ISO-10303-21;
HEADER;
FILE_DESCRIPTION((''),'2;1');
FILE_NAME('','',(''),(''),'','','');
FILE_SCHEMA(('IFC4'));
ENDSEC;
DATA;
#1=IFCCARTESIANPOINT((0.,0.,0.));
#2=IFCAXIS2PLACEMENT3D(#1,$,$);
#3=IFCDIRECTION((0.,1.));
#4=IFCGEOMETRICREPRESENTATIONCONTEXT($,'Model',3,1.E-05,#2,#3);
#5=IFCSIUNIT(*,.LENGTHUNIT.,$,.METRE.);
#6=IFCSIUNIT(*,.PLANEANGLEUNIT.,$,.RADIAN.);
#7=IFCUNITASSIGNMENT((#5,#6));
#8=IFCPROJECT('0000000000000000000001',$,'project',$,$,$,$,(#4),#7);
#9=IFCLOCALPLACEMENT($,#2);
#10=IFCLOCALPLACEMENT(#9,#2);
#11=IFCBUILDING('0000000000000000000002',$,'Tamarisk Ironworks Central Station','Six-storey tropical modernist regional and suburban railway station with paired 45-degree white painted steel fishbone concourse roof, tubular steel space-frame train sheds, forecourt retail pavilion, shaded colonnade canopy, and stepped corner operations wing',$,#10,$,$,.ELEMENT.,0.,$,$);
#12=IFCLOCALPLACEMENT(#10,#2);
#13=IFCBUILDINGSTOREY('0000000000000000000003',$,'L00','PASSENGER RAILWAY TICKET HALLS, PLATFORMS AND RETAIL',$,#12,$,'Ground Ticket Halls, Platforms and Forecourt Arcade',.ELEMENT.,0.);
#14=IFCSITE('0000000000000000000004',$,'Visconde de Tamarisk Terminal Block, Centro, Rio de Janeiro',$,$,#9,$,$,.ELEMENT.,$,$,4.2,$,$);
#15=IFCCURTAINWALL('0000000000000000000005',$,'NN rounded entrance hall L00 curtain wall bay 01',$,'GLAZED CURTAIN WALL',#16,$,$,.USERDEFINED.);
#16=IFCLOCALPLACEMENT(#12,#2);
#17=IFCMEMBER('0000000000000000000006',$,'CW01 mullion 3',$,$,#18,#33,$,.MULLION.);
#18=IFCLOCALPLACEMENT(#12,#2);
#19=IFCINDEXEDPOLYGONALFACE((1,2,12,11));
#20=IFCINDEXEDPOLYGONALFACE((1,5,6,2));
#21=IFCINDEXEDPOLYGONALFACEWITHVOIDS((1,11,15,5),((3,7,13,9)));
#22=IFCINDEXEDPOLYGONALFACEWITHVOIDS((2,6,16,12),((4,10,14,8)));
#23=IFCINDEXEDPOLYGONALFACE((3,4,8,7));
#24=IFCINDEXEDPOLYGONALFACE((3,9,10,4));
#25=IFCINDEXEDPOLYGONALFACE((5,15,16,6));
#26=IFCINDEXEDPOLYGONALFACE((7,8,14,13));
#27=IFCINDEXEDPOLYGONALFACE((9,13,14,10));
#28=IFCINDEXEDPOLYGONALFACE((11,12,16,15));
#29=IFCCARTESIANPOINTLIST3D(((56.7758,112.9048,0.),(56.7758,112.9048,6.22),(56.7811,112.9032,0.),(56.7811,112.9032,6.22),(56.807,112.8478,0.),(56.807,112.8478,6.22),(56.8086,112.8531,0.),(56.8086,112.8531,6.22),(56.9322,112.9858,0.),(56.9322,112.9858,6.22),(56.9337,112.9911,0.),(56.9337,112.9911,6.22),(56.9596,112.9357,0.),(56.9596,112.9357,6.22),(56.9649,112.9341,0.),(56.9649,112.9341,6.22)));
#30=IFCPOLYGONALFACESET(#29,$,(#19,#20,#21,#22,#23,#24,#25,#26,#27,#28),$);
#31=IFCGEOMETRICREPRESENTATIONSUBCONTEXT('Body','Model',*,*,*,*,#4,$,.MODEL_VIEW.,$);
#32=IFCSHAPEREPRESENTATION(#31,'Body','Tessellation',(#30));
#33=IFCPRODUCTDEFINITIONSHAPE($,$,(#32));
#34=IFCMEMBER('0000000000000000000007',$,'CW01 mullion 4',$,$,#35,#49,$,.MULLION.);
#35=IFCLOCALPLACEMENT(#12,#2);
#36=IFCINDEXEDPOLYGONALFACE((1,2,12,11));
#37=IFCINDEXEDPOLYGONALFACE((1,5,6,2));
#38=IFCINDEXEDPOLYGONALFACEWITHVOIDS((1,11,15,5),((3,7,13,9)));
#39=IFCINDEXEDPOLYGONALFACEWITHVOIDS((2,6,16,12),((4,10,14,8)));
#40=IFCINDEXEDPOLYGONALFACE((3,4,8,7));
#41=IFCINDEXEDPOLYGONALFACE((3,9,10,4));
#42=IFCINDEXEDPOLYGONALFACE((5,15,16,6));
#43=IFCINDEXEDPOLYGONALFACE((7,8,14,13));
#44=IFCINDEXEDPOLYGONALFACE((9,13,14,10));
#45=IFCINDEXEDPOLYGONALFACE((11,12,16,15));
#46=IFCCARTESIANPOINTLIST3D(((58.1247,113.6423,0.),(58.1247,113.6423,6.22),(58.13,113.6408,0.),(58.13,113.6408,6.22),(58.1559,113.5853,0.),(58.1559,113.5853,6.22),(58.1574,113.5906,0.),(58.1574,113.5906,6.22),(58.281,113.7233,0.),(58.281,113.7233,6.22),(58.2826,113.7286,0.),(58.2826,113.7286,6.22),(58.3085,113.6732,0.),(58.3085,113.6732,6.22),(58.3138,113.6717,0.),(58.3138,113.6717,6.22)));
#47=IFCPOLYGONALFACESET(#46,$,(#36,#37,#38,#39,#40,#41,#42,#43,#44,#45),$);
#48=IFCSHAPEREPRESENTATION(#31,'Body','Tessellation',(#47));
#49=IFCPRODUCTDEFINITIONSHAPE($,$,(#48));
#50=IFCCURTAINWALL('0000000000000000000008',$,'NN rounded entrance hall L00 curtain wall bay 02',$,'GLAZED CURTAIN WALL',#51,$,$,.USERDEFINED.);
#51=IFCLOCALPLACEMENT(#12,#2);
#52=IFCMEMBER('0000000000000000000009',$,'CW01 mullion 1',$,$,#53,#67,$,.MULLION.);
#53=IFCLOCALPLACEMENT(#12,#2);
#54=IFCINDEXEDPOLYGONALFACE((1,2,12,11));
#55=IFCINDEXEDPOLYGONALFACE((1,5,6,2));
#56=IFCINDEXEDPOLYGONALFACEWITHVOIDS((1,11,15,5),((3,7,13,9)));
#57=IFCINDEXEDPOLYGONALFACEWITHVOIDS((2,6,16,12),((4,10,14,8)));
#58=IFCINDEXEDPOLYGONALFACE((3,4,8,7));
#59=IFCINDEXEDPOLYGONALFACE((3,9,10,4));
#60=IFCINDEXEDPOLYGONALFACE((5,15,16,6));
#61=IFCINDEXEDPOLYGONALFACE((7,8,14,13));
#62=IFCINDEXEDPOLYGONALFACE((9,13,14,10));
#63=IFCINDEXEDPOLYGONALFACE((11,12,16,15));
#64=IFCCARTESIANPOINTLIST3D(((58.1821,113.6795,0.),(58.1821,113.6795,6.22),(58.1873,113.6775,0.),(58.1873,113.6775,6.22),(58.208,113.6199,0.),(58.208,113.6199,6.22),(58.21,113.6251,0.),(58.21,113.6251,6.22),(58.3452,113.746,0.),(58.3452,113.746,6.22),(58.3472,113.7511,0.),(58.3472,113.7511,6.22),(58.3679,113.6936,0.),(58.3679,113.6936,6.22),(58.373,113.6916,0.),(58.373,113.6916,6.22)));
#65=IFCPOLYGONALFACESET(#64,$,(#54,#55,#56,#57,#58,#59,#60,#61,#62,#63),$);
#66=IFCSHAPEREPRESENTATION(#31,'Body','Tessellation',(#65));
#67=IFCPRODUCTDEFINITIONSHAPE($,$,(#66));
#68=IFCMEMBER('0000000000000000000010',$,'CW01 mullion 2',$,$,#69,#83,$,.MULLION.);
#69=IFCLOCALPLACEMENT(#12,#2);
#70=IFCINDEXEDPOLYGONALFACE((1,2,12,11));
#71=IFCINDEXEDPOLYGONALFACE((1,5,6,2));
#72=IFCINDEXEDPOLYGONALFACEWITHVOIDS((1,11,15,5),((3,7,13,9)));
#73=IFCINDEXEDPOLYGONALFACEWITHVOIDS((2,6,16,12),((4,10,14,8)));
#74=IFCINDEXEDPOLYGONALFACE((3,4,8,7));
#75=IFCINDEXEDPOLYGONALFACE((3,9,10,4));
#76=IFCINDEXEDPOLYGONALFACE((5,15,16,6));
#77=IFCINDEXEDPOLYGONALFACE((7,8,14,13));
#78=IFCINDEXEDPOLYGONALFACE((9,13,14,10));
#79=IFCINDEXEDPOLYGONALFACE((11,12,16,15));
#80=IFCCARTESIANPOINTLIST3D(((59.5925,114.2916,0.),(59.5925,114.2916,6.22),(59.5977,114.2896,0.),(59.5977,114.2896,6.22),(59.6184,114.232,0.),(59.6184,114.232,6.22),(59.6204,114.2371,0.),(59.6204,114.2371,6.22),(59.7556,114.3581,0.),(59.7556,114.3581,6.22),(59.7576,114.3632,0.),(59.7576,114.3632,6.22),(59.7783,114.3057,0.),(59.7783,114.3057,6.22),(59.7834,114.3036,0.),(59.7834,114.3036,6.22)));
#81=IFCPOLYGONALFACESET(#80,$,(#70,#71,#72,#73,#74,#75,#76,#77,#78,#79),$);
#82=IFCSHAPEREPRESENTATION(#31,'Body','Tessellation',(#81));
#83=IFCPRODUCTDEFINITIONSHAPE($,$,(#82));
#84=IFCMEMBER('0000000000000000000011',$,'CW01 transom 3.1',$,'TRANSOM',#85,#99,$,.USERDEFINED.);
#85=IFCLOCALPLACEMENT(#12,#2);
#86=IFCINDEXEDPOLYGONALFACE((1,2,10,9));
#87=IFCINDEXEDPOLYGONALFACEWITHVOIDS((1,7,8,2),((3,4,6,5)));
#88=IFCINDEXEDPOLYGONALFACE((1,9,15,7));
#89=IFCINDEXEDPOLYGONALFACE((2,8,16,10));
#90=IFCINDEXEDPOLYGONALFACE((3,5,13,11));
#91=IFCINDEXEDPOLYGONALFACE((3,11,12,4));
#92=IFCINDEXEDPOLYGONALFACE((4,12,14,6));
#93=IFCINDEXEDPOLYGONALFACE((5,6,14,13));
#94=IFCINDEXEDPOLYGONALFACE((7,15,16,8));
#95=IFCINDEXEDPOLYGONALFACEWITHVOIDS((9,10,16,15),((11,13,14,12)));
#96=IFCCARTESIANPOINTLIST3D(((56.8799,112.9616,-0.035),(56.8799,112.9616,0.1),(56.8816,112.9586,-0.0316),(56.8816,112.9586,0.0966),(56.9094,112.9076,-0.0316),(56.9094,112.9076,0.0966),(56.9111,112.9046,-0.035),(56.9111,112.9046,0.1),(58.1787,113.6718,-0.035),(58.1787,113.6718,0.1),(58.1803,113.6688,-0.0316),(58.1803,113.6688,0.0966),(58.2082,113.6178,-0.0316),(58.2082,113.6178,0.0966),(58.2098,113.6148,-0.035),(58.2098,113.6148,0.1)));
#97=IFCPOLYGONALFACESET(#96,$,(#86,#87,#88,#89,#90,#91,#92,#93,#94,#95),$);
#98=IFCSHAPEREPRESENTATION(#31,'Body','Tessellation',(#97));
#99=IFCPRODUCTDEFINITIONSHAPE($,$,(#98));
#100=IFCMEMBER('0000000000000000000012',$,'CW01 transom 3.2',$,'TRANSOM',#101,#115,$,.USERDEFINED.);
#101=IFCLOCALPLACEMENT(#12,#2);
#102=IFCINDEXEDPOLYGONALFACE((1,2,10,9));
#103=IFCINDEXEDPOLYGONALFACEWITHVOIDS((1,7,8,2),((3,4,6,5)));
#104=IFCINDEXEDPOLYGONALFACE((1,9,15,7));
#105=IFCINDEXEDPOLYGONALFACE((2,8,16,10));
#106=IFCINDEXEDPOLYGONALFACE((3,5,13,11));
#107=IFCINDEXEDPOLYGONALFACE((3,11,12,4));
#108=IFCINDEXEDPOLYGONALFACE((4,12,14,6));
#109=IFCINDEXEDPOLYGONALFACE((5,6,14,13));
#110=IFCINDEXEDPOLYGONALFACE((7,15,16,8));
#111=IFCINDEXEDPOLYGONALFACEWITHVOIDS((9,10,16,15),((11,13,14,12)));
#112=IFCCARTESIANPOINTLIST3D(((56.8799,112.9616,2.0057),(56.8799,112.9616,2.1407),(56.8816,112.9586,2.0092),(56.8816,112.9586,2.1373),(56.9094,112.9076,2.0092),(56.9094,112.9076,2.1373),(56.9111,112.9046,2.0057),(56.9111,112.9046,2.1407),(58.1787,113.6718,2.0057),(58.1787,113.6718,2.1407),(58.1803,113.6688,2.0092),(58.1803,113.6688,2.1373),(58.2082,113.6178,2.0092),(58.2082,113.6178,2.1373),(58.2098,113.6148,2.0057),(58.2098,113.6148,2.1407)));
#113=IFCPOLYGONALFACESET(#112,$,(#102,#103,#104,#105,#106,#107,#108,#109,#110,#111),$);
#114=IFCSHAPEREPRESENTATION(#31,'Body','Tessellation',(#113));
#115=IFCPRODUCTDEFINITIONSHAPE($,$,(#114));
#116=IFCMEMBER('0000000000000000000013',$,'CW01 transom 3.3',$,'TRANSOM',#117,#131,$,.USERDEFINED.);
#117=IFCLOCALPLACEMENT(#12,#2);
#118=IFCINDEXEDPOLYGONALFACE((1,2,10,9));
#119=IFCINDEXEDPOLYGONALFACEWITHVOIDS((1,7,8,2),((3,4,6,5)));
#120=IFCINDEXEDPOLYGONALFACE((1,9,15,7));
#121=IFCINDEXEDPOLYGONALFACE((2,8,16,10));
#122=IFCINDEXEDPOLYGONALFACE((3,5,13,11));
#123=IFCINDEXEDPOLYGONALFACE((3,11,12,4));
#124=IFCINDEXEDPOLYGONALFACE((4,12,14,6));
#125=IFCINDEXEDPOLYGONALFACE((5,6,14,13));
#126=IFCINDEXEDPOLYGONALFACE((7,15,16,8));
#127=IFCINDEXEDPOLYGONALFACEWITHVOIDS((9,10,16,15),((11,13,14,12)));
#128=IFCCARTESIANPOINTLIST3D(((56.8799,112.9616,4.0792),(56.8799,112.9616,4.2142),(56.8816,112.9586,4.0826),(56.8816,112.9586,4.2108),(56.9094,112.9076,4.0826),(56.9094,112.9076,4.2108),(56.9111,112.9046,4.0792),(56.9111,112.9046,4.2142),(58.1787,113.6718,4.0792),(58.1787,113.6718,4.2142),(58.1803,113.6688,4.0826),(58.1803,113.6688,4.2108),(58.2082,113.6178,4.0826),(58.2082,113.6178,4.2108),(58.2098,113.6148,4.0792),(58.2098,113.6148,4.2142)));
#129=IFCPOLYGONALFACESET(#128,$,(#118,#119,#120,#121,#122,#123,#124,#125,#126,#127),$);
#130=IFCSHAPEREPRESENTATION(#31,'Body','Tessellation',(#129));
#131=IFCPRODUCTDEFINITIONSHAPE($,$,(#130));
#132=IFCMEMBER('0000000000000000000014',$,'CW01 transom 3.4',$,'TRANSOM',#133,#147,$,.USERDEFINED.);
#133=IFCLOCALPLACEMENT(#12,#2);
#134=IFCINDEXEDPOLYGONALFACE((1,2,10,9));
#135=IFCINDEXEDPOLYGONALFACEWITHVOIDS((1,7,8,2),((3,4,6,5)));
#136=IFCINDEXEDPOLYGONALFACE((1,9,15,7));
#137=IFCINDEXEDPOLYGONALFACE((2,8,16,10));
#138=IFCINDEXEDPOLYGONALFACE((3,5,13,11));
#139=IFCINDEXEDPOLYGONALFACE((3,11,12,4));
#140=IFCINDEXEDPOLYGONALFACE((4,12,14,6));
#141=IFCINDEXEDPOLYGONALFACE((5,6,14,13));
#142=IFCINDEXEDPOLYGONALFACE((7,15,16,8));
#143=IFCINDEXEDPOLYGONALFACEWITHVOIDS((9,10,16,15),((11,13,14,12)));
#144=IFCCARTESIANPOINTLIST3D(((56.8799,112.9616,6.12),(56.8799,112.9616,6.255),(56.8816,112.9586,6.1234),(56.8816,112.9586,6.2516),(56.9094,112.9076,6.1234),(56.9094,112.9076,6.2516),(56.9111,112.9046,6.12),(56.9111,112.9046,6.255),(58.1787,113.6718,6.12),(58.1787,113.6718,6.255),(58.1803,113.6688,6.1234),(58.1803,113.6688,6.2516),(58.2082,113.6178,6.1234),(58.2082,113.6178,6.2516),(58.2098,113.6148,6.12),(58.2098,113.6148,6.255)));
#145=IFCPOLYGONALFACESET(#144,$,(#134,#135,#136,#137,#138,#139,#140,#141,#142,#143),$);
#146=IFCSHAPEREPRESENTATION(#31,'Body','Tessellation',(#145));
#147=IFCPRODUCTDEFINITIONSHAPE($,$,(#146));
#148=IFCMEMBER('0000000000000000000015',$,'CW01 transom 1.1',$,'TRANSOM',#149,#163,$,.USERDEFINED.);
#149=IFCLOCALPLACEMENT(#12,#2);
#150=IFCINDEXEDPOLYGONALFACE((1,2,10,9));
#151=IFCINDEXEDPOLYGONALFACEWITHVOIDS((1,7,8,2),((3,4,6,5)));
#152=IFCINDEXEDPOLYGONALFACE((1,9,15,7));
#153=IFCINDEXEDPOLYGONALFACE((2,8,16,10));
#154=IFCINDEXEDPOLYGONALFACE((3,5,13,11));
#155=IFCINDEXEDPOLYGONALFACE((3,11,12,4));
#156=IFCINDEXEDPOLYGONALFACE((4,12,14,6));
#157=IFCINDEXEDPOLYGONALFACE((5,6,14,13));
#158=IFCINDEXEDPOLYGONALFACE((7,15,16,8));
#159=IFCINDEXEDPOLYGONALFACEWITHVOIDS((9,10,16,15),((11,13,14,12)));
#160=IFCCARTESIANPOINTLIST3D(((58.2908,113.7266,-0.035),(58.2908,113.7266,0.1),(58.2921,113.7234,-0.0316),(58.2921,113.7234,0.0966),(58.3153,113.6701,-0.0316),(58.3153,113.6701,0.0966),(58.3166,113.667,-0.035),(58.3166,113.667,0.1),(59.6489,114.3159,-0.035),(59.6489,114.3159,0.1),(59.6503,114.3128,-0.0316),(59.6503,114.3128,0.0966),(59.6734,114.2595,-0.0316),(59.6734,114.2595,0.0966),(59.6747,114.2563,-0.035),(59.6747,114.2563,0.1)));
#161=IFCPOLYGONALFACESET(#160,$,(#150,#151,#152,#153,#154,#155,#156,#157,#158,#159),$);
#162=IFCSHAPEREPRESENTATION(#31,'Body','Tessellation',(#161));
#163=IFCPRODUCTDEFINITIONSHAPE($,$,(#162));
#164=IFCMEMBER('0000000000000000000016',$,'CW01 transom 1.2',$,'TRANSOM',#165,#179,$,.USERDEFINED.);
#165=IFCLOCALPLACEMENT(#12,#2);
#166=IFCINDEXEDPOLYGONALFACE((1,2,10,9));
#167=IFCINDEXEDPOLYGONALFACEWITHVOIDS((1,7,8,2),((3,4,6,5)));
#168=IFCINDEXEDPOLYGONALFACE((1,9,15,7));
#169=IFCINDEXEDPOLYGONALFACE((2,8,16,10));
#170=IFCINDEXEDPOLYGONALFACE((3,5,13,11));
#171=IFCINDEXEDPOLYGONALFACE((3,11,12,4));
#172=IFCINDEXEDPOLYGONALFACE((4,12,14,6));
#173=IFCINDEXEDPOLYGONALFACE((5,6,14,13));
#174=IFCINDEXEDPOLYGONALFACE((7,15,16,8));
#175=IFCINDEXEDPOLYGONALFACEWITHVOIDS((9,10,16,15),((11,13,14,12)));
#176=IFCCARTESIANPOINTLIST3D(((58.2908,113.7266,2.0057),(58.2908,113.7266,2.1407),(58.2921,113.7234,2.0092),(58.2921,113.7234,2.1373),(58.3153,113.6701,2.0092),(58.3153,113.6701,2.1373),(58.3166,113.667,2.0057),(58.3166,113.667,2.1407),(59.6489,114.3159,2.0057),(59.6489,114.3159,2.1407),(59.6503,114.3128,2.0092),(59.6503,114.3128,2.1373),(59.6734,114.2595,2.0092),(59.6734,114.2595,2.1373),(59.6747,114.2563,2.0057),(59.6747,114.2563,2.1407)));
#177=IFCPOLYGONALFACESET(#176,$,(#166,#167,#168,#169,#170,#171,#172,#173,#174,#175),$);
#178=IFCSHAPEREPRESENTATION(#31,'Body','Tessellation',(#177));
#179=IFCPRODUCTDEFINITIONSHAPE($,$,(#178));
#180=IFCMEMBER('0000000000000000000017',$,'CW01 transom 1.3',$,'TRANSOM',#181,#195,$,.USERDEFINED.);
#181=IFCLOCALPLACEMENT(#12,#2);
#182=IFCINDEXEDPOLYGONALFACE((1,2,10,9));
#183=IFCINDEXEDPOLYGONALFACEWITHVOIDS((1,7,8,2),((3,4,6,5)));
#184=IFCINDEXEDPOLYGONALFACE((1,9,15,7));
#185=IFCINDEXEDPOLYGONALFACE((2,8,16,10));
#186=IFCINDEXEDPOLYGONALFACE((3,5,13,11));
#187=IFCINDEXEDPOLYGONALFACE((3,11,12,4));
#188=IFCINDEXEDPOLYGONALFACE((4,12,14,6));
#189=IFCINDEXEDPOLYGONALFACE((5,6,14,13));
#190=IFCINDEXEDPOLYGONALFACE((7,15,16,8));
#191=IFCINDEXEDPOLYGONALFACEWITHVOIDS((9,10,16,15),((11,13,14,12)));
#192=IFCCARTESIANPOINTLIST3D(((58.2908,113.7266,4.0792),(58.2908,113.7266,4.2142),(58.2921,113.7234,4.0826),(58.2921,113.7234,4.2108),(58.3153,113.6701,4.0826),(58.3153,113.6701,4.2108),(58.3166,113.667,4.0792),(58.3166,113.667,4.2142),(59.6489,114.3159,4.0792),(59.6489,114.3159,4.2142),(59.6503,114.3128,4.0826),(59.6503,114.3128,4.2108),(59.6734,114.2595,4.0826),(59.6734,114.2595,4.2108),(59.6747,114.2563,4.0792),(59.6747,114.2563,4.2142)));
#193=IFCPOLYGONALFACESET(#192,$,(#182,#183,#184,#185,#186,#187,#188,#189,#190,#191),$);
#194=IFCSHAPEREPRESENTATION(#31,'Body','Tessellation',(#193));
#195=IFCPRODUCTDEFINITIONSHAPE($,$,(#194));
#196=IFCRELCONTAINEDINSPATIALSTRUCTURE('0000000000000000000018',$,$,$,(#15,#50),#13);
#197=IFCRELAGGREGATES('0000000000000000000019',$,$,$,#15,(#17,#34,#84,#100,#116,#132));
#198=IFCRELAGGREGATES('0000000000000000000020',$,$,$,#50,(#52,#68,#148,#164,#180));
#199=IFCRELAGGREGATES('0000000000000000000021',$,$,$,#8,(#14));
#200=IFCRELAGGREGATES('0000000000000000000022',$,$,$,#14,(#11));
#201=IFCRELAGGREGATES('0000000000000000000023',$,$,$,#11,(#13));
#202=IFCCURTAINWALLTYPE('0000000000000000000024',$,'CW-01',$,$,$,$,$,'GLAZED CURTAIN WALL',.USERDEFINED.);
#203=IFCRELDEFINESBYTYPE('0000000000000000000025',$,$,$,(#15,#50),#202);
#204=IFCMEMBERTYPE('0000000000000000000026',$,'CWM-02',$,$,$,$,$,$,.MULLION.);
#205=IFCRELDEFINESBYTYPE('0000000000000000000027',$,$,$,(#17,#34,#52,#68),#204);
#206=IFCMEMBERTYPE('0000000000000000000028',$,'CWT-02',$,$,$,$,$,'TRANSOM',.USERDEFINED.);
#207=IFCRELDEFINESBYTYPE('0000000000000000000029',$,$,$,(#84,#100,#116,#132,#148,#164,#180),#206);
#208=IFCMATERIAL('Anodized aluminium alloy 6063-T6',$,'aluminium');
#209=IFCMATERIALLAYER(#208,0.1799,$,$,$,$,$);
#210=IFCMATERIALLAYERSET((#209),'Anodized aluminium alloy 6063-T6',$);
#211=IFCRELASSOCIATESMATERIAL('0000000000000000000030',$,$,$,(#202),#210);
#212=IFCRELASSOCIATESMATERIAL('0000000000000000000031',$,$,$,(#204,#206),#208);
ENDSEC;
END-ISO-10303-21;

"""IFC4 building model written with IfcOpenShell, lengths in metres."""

from ifc_helpers import new_model, si_unit, direction, frame, origin, origin_2d, place, context, subcontext, project, spatial, hollow_rectangle, extrude, material, layer, layer_set, material_profile, profile_set, type_object, element, aggregate, save


model = new_model("IFC4")

# Units and contexts
model_context = context("Model", 3, precision=1e-05, world=origin(), true_north=direction((0.0, 1.0)))
body_context = subcontext(model_context, "Body", "Model", "MODEL_VIEW")
ifc_project = project(units=[si_unit("LENGTHUNIT", "METRE"), si_unit("PLANEANGLEUNIT", "RADIAN")], contexts=[model_context])

# Site, building, storey
site_placement = place(None, origin())
site = spatial("IfcSite", under=ifc_project, at=site_placement, Name="Visconde de Tamarisk Terminal Block, Centro, Rio de Janeiro", CompositionType="ELEMENT", RefElevation=4.2)
building_placement = place(site_placement, origin())
building = spatial("IfcBuilding", under=site, at=building_placement, Name="Tamarisk Ironworks Central Station", Description="Six-storey tropical modernist regional and suburban railway station with paired 45-degree white painted steel fishbone concourse roof, tubular steel space-frame train sheds, forecourt retail pavilion, shaded colonnade canopy, and stepped corner operations wing", CompositionType="ELEMENT", ElevationOfRefHeight=0.0)
storey_placement = place(building_placement, origin())
storey = spatial("IfcBuildingStorey", under=building, at=storey_placement, Name="L00", Description="PASSENGER RAILWAY TICKET HALLS, PLATFORMS AND RETAIL", LongName="Ground Ticket Halls, Platforms and Forecourt Arcade", CompositionType="ELEMENT", Elevation=0.0)

# Curtain walls, members
ifc_material_1 = material(Name="Anodized aluminium alloy 6063-T6", Category="aluminium")
ifc_layer_1 = layer(ifc_material_1, 0.1799)
ifc_layer_set_1 = layer_set([ifc_layer_1], Name="Anodized aluminium alloy 6063-T6")
curtain_wall_type = type_object("IfcCurtainWallType", Name="CW-01", ElementType="GLAZED CURTAIN WALL", PredefinedType="USERDEFINED", material=ifc_layer_set_1)
curtain_wall_1_placement = place(storey_placement, origin())
curtain_wall_1 = element("IfcCurtainWall", 1, at=curtain_wall_1_placement, inside=storey, type_object=curtain_wall_type, Name="NN rounded entrance hall L00 curtain wall bay 01", ObjectType="GLAZED CURTAIN WALL", PredefinedType="USERDEFINED")
ifc_material_profile_1 = material_profile(ifc_material_1, hollow_rectangle(XDim=0.0649, YDim=0.1799, WallThickness=0.0039, at=origin_2d()), Name="ALUM 180x65")
ifc_profile_set_1 = profile_set([ifc_material_profile_1], Name="Anodized aluminium alloy 6063-T6")
member_type_1 = type_object("IfcMemberType", Name="CWM-02", PredefinedType="MULLION", material=ifc_profile_set_1)
member_1_placement = place(storey_placement, frame((56.8704, 112.9194, 0.0), z_axis=(0.0, 0.0, 1.0), x_axis=(-0.479805, 0.877375, 0.0)))
member_1 = element("IfcMember", 2, at=member_1_placement, type_object=member_type_1, Name="CW01 mullion 3", PredefinedType="MULLION", context=body_context, shape_type="SweptSolid", body=[
    extrude(hollow_rectangle(XDim=0.0649, YDim=0.1799, WallThickness=0.0039, at=origin_2d()), origin(), (0.0, 0.0, 1.0), 6.22),
])
member_2_placement = place(storey_placement, frame((58.2192, 113.657, 0.0), z_axis=(0.0, 0.0, 1.0), x_axis=(-0.479805, 0.877375, 0.0)))
member_2 = element("IfcMember", 3, at=member_2_placement, type_object=member_type_1, Name="CW01 mullion 4", PredefinedType="MULLION", context=body_context, shape_type="SweptSolid", body=[
    extrude(hollow_rectangle(XDim=0.0649, YDim=0.1799, WallThickness=0.0039, at=origin_2d()), origin(), (0.0, 0.0, 1.0), 6.22),
])
curtain_wall_2_placement = place(storey_placement, origin())
curtain_wall_2 = element("IfcCurtainWall", 4, at=curtain_wall_2_placement, inside=storey, type_object=curtain_wall_type, Name="NN rounded entrance hall L00 curtain wall bay 02", ObjectType="GLAZED CURTAIN WALL", PredefinedType="USERDEFINED")
member_3_placement = place(storey_placement, frame((58.2776, 113.6855, 0.0), z_axis=(0.0, 0.0, 1.0), x_axis=(-0.398077, 0.917352, 0.0)))
member_3 = element("IfcMember", 5, at=member_3_placement, type_object=member_type_1, Name="CW01 mullion 1", PredefinedType="MULLION", context=body_context, shape_type="SweptSolid", body=[
    extrude(hollow_rectangle(XDim=0.0649, YDim=0.1799, WallThickness=0.0039, at=origin_2d()), origin(), (0.0, 0.0, 1.0), 6.22),
])
member_4_placement = place(storey_placement, frame((59.688, 114.2976, 0.0), z_axis=(0.0, 0.0, 1.0), x_axis=(-0.398077, 0.917352, 0.0)))
member_4 = element("IfcMember", 6, at=member_4_placement, type_object=member_type_1, Name="CW01 mullion 2", PredefinedType="MULLION", context=body_context, shape_type="SweptSolid", body=[
    extrude(hollow_rectangle(XDim=0.0649, YDim=0.1799, WallThickness=0.0039, at=origin_2d()), origin(), (0.0, 0.0, 1.0), 6.22),
])

# Members
ifc_material_profile_2 = material_profile(ifc_material_1, hollow_rectangle(XDim=0.0649, YDim=0.135, WallThickness=0.0034, at=origin_2d()), Name="ALUM 135x65")
ifc_profile_set_2 = profile_set([ifc_material_profile_2], Name="Anodized aluminium alloy 6063-T6")
member_type_2 = type_object("IfcMemberType", Name="CWT-02", ElementType="TRANSOM", PredefinedType="USERDEFINED", material=ifc_profile_set_2)
member_5_placement = place(storey_placement, frame((56.8955, 112.9331, 0.0325), z_axis=(0.877397, 0.479765, 0.0), x_axis=(-0.479765, 0.877397, 0.0)))
member_5 = element("IfcMember", 7, at=member_5_placement, type_object=member_type_2, Name="CW01 transom 3.1", ObjectType="TRANSOM", PredefinedType="USERDEFINED", context=body_context, shape_type="SweptSolid", body=[
    extrude(hollow_rectangle(XDim=0.0649, YDim=0.135, WallThickness=0.0034, at=origin_2d()), origin(), (0.0, 0.0, 1.0), 1.4802),
])
member_6_placement = place(storey_placement, frame((56.8955, 112.9331, 2.0732), z_axis=(0.877397, 0.479765, 0.0), x_axis=(-0.479765, 0.877397, 0.0)))
member_6 = element("IfcMember", 8, at=member_6_placement, type_object=member_type_2, Name="CW01 transom 3.2", ObjectType="TRANSOM", PredefinedType="USERDEFINED", context=body_context, shape_type="SweptSolid", body=[
    extrude(hollow_rectangle(XDim=0.0649, YDim=0.135, WallThickness=0.0034, at=origin_2d()), origin(), (0.0, 0.0, 1.0), 1.4802),
])
member_7_placement = place(storey_placement, frame((56.8955, 112.9331, 4.1467), z_axis=(0.877397, 0.479765, 0.0), x_axis=(-0.479765, 0.877397, 0.0)))
member_7 = element("IfcMember", 9, at=member_7_placement, type_object=member_type_2, Name="CW01 transom 3.3", ObjectType="TRANSOM", PredefinedType="USERDEFINED", context=body_context, shape_type="SweptSolid", body=[
    extrude(hollow_rectangle(XDim=0.0649, YDim=0.135, WallThickness=0.0034, at=origin_2d()), origin(), (0.0, 0.0, 1.0), 1.4802),
])
member_8_placement = place(storey_placement, frame((56.8955, 112.9331, 6.1875), z_axis=(0.877397, 0.479765, 0.0), x_axis=(-0.479765, 0.877397, 0.0)))
member_8 = element("IfcMember", 10, at=member_8_placement, type_object=member_type_2, Name="CW01 transom 3.4", ObjectType="TRANSOM", PredefinedType="USERDEFINED", context=body_context, shape_type="SweptSolid", body=[
    extrude(hollow_rectangle(XDim=0.0649, YDim=0.135, WallThickness=0.0034, at=origin_2d()), origin(), (0.0, 0.0, 1.0), 1.4802),
])
member_9_placement = place(storey_placement, frame((58.3037, 113.6968, 0.0325), z_axis=(0.917353, 0.398075, 0.0), x_axis=(-0.398075, 0.917353, 0.0)))
member_9 = element("IfcMember", 11, at=member_9_placement, type_object=member_type_2, Name="CW01 transom 1.1", ObjectType="TRANSOM", PredefinedType="USERDEFINED", context=body_context, shape_type="SweptSolid", body=[
    extrude(hollow_rectangle(XDim=0.0649, YDim=0.135, WallThickness=0.0034, at=origin_2d()), origin(), (0.0, 0.0, 1.0), 1.4805),
])
member_10_placement = place(storey_placement, frame((58.3037, 113.6968, 2.0732), z_axis=(0.917353, 0.398075, 0.0), x_axis=(-0.398075, 0.917353, 0.0)))
member_10 = element("IfcMember", 12, at=member_10_placement, type_object=member_type_2, Name="CW01 transom 1.2", ObjectType="TRANSOM", PredefinedType="USERDEFINED", context=body_context, shape_type="SweptSolid", body=[
    extrude(hollow_rectangle(XDim=0.0649, YDim=0.135, WallThickness=0.0034, at=origin_2d()), origin(), (0.0, 0.0, 1.0), 1.4805),
])
member_11_placement = place(storey_placement, frame((58.3037, 113.6968, 4.1467), z_axis=(0.917353, 0.398075, 0.0), x_axis=(-0.398075, 0.917353, 0.0)))
member_11 = element("IfcMember", 13, at=member_11_placement, type_object=member_type_2, Name="CW01 transom 1.3", ObjectType="TRANSOM", PredefinedType="USERDEFINED", context=body_context, shape_type="SweptSolid", body=[
    extrude(hollow_rectangle(XDim=0.0649, YDim=0.135, WallThickness=0.0034, at=origin_2d()), origin(), (0.0, 0.0, 1.0), 1.4805),
])

aggregate(curtain_wall_1, [member_1, member_2, member_5, member_6, member_7, member_8])
aggregate(curtain_wall_2, [member_3, member_4, member_9, member_10, member_11])

save(model, "model.ifc")
